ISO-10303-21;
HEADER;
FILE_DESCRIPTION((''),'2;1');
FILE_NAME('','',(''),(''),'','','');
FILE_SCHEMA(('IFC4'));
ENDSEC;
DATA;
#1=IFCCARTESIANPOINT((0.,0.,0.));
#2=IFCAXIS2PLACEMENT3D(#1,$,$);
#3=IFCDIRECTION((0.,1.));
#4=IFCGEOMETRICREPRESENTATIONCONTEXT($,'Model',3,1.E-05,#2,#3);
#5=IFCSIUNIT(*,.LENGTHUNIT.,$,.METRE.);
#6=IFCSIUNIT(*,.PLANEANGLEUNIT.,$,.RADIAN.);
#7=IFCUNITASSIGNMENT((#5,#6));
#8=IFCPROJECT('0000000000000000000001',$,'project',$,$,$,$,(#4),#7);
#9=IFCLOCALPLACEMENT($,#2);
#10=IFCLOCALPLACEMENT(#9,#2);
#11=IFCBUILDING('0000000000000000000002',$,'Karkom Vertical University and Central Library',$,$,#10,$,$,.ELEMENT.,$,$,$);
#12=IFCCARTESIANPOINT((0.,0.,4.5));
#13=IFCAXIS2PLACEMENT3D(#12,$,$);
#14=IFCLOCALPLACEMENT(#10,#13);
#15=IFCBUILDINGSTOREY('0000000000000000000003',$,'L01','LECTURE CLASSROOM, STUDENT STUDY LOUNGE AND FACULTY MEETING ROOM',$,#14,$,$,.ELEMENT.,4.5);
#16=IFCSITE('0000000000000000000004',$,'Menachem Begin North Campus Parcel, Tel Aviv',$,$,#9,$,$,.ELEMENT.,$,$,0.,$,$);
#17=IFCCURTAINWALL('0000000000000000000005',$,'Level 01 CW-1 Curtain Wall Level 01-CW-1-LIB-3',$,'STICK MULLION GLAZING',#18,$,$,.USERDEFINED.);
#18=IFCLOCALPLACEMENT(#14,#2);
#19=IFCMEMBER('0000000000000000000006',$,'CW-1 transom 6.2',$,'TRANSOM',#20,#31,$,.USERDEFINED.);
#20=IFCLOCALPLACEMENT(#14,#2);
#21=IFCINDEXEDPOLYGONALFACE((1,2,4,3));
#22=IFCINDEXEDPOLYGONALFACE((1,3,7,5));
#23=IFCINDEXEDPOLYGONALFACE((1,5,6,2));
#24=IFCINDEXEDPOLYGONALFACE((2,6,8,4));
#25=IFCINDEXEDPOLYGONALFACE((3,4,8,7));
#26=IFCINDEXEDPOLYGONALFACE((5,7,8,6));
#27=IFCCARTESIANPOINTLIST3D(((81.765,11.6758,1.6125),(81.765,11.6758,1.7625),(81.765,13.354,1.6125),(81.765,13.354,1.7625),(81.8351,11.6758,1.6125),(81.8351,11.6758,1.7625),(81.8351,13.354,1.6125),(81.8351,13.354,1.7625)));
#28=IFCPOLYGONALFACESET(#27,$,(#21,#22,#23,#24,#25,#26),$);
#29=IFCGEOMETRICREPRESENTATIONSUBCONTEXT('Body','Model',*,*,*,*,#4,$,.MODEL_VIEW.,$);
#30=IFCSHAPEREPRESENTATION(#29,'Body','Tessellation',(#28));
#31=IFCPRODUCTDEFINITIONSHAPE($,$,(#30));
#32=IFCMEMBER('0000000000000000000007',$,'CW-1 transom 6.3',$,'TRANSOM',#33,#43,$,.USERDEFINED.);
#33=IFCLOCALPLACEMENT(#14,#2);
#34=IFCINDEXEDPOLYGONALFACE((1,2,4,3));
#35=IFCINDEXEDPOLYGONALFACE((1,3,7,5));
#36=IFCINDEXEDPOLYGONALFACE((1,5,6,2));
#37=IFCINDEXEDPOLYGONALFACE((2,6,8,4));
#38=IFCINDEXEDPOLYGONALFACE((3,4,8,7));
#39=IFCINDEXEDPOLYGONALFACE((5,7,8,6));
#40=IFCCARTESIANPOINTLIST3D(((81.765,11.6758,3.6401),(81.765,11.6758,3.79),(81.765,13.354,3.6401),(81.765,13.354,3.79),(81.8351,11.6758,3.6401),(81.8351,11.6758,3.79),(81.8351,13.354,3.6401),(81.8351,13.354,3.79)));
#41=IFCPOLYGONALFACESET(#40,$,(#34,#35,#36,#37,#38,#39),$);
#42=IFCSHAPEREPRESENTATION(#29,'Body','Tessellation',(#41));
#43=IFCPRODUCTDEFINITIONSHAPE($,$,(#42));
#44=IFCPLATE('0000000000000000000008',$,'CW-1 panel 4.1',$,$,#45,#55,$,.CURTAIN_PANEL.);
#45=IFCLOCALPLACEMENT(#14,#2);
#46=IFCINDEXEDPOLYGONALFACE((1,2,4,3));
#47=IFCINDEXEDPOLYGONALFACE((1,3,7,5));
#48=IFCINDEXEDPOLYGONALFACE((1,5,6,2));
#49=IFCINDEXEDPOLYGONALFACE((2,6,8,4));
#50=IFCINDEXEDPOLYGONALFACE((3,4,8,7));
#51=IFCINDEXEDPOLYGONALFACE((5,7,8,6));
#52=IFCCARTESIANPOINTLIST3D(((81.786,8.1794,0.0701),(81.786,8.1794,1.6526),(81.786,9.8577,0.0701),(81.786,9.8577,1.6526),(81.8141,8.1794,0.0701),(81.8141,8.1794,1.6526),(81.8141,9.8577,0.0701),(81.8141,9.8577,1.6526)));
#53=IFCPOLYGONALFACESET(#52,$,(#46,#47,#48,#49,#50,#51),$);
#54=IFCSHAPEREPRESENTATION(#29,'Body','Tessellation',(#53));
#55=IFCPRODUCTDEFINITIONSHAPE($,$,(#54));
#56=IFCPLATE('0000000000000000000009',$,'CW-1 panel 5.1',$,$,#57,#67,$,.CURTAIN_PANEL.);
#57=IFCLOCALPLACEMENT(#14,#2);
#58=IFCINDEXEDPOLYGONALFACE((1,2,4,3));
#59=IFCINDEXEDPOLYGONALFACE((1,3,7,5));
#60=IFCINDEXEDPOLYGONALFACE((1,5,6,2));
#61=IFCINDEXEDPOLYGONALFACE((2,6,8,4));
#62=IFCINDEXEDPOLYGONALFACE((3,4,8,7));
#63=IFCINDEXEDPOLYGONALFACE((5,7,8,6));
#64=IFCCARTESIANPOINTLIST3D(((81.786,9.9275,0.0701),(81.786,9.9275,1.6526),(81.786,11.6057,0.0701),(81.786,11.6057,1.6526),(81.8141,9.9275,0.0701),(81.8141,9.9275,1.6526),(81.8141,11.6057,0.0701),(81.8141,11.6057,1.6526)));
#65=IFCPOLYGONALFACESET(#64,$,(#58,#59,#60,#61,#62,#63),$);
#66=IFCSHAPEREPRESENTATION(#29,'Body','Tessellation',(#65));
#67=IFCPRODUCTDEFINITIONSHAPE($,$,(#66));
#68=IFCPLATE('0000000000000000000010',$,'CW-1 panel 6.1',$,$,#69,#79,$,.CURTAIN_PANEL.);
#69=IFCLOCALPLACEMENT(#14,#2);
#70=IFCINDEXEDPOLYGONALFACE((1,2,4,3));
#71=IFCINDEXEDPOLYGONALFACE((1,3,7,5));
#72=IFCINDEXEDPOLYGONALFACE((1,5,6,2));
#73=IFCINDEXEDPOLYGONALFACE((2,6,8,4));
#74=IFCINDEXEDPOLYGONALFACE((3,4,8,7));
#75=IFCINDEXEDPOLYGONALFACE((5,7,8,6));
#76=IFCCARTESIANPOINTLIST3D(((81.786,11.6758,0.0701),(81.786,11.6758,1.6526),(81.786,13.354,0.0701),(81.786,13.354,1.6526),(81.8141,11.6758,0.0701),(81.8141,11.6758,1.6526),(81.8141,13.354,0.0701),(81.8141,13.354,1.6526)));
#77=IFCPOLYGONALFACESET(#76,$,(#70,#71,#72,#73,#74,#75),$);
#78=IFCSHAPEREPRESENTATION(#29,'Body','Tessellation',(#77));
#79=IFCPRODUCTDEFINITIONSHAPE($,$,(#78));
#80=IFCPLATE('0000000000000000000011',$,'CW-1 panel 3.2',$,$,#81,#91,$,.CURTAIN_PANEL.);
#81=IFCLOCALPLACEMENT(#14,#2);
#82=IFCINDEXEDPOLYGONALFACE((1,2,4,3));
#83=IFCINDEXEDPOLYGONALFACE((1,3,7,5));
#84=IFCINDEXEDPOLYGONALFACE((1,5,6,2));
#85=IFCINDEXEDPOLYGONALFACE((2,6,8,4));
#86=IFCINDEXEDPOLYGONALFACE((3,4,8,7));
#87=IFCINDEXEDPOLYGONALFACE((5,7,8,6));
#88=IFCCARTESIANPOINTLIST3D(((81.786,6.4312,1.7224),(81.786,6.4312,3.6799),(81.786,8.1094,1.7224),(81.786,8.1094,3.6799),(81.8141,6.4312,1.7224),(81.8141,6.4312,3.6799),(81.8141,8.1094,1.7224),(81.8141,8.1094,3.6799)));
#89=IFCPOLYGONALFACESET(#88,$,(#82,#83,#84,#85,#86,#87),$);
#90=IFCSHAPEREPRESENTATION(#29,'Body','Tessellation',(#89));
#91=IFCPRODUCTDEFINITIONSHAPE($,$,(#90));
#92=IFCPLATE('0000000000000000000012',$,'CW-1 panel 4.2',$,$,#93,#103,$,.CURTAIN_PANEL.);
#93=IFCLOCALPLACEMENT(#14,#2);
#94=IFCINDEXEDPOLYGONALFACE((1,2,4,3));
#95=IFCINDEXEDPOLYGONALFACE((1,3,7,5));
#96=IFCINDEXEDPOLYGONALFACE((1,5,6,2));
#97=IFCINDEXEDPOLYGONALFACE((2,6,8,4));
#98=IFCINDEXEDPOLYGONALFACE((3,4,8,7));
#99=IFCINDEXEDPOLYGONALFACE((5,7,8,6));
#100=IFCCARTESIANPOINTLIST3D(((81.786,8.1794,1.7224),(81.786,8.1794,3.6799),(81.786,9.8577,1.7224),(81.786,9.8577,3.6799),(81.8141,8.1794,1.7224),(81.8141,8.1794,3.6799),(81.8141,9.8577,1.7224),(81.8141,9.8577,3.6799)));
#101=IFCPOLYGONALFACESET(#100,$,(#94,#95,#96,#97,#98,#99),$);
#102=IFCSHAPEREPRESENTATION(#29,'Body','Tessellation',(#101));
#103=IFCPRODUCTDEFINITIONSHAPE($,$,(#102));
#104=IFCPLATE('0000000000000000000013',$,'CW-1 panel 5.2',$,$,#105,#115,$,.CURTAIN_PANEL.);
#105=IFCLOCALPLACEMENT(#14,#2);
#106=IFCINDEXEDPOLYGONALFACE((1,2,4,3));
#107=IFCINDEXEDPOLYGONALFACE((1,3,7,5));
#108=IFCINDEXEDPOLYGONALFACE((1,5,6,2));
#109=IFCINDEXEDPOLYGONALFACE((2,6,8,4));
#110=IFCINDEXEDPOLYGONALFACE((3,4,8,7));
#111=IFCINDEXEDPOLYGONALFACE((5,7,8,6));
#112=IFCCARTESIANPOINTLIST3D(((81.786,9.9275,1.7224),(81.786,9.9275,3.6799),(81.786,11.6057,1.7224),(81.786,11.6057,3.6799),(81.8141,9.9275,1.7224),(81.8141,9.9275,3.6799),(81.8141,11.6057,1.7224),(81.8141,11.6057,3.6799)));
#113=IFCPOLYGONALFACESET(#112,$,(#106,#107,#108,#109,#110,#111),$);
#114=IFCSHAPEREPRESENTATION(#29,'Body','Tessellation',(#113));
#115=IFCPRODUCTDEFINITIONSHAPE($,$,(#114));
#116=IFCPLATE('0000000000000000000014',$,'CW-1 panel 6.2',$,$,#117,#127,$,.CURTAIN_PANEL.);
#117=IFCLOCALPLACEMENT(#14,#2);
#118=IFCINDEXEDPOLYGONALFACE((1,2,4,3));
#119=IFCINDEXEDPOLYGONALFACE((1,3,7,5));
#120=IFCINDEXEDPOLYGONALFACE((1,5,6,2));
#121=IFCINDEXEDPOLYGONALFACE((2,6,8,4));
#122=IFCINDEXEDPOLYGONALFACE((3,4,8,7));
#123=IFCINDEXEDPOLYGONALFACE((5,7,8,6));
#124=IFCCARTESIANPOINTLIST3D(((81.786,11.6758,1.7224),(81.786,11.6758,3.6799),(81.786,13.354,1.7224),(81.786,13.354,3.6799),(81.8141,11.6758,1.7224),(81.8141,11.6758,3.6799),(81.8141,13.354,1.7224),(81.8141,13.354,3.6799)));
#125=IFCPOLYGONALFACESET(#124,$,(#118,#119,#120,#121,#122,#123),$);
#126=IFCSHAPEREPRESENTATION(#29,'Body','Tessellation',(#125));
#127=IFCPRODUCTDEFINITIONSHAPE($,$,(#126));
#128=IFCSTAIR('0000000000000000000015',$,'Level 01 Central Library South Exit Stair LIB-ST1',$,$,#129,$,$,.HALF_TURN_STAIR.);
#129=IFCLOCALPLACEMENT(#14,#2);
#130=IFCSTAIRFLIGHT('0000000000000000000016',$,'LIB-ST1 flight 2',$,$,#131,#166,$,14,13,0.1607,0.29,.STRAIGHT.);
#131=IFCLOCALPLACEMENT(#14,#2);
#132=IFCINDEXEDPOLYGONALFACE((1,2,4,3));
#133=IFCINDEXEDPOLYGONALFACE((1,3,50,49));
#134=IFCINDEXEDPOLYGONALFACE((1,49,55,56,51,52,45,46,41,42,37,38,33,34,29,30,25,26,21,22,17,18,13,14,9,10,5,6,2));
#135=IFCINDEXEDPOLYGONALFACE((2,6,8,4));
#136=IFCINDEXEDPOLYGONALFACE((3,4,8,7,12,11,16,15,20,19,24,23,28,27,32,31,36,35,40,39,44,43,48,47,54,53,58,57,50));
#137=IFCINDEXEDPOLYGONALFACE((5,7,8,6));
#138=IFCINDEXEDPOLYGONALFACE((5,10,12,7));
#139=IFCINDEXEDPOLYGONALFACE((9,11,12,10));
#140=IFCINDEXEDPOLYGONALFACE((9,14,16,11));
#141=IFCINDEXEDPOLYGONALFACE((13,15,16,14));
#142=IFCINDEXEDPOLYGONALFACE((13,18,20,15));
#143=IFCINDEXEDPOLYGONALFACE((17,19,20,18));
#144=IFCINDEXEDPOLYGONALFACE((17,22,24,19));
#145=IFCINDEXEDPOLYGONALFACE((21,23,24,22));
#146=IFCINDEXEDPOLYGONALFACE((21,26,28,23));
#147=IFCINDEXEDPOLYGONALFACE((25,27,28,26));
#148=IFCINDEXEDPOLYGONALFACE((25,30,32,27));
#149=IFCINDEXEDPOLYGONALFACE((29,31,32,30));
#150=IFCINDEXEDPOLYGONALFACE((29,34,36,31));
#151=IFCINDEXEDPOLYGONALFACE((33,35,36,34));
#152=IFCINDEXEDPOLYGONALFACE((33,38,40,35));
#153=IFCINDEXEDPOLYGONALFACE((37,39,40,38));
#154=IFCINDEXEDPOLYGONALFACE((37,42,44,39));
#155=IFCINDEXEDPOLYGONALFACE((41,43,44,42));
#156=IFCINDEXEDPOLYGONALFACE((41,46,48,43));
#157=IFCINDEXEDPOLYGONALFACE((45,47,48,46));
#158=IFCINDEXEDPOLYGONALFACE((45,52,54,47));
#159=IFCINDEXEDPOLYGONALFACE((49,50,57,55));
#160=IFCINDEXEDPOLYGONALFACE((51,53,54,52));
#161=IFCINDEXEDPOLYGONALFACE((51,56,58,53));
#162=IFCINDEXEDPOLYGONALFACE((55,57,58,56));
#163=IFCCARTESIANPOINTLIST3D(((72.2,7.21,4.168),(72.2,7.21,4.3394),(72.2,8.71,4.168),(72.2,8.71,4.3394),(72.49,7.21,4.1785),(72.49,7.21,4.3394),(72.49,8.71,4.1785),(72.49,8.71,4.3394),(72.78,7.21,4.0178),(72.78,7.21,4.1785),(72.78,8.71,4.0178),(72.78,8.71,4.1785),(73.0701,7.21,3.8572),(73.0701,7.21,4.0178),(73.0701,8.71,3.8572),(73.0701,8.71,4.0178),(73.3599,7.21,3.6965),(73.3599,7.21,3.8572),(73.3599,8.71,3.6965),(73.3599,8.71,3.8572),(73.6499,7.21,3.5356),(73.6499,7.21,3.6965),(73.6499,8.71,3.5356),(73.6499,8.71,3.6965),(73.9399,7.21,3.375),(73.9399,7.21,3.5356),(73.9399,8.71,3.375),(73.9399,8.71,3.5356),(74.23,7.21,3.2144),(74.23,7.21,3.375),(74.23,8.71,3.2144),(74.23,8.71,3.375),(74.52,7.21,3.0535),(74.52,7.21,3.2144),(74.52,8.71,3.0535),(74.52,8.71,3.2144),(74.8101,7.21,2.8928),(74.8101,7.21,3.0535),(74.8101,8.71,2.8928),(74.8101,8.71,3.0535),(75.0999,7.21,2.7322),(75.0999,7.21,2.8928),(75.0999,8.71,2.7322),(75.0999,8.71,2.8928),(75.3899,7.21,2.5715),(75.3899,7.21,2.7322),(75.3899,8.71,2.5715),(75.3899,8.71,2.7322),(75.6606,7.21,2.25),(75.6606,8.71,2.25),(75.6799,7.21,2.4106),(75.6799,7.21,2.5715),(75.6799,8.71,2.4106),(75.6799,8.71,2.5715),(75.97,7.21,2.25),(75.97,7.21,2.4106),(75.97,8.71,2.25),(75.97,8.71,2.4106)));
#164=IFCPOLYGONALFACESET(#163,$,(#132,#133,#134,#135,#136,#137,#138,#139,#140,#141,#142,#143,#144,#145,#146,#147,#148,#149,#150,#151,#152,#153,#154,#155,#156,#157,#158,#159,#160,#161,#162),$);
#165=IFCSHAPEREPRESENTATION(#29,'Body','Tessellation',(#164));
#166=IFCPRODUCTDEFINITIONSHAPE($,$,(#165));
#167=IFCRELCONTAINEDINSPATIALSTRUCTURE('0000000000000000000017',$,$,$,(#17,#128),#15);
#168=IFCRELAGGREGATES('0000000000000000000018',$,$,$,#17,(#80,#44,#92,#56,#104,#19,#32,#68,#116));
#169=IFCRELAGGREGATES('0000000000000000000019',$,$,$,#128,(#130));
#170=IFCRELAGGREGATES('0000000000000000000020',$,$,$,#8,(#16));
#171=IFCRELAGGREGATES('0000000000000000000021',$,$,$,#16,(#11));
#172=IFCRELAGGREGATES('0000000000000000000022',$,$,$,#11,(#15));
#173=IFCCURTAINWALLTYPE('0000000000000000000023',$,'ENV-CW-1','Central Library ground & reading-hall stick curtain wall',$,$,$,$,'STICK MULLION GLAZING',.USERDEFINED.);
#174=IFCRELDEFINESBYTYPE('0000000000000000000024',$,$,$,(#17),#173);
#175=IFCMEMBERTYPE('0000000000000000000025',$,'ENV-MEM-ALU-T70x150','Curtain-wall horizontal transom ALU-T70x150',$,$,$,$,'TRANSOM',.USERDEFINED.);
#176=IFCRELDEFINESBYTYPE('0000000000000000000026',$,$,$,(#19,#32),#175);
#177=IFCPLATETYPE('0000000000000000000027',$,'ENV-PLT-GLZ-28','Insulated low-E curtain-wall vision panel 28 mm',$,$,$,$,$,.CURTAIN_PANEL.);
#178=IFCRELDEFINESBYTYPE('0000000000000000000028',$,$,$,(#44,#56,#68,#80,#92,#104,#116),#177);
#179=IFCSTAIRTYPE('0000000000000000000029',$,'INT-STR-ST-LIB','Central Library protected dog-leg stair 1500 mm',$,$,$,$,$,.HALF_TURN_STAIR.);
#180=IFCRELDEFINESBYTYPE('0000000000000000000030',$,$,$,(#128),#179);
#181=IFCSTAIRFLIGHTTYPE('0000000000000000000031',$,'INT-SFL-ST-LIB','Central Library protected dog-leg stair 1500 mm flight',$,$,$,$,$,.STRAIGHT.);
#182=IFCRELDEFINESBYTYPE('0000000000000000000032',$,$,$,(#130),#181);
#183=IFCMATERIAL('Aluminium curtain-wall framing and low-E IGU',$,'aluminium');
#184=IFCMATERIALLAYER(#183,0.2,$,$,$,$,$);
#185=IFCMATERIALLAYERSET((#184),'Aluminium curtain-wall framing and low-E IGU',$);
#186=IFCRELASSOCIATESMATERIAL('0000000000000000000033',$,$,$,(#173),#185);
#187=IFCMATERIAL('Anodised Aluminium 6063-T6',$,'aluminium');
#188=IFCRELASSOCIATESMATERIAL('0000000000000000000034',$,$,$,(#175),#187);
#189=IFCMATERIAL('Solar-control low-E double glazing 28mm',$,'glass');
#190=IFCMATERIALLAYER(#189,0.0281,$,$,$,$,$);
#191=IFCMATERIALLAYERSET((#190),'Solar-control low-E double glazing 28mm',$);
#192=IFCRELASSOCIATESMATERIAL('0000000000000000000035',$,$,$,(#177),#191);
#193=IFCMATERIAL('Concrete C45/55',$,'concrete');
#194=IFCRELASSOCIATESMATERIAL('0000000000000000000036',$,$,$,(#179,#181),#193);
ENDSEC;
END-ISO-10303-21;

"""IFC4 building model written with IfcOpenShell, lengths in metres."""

from ifc_helpers import new_model, si_unit, direction, frame, origin, origin_with_axes, origin_2d, place, context, subcontext, project, spatial, polyline, rectangle, outline, extrude, source, transform, mapped, material, layer, layer_set, material_profile, profile_set, type_object, element, aggregate, save


model = new_model("IFC4")

# Units and contexts
model_context = context("Model", 3, precision=1e-05, world=origin(), true_north=direction((0.0, 1.0)))
body_context = subcontext(model_context, "Body", "Model", "MODEL_VIEW")
ifc_project = project(units=[si_unit("LENGTHUNIT", "METRE"), si_unit("PLANEANGLEUNIT", "RADIAN")], contexts=[model_context])

# Site, building, storey
site_placement = place(None, origin())
site = spatial("IfcSite", under=ifc_project, at=site_placement, Name="Menachem Begin North Campus Parcel, Tel Aviv", CompositionType="ELEMENT", RefElevation=0.0)
building_placement = place(site_placement, origin())
building = spatial("IfcBuilding", under=site, at=building_placement, Name="Karkom Vertical University and Central Library", CompositionType="ELEMENT")
storey_placement = place(building_placement, frame((0.0, 0.0, 4.5)))
storey = spatial("IfcBuildingStorey", under=building, at=storey_placement, Name="L01", Description="LECTURE CLASSROOM, STUDENT STUDY LOUNGE AND FACULTY MEETING ROOM", CompositionType="ELEMENT", Elevation=4.5)

# Shared definitions
ifc_material_1 = material(Name="Concrete C45/55", Category="concrete")

# Curtain wall, members, plates
ifc_material_2 = material(Name="Aluminium curtain-wall framing and low-E IGU", Category="aluminium")
ifc_layer_1 = layer(ifc_material_2, 0.2)
ifc_layer_set_1 = layer_set([ifc_layer_1], Name="Aluminium curtain-wall framing and low-E IGU")
curtain_wall_type = type_object("IfcCurtainWallType", Name="ENV-CW-1", Description="Central Library ground & reading-hall stick curtain wall", ElementType="STICK MULLION GLAZING", PredefinedType="USERDEFINED", material=ifc_layer_set_1)
curtain_wall_placement = place(storey_placement, origin())
curtain_wall = element("IfcCurtainWall", 1, at=curtain_wall_placement, inside=storey, type_object=curtain_wall_type, Name="Level 01 CW-1 Curtain Wall Level 01-CW-1-LIB-3", ObjectType="STICK MULLION GLAZING", PredefinedType="USERDEFINED")
ifc_material_3 = material(Name="Anodised Aluminium 6063-T6", Category="aluminium")
ifc_material_profile_1 = material_profile(ifc_material_3, rectangle(XDim=0.0701, YDim=0.1499, at=origin_2d()), Name="ALU-T70x150")
ifc_profile_set_1 = profile_set([ifc_material_profile_1], Name="Anodised Aluminium 6063-T6")
member_type_1 = type_object("IfcMemberType", Name="ENV-MEM-ALU-T70x150", Description="Curtain-wall horizontal transom ALU-T70x150", ElementType="TRANSOM", PredefinedType="USERDEFINED", material=ifc_profile_set_1)
shared_shape_1 = source(origin_with_axes(), body_context, "Body", "SweptSolid", [
    extrude(rectangle(XDim=0.0701, YDim=0.1499, at=origin_2d()), origin(), (0.0, 0.0, 1.0), 1.6782),
])
member_1_placement = place(storey_placement, frame((81.8, 11.6758, 1.6875), z_axis=(0.0, 1.0, 0.0), x_axis=(-1.0, 0.0, 0.0)))
member_1 = element("IfcMember", 2, at=member_1_placement, type_object=member_type_1, Name="CW-1 transom 6.2", ObjectType="TRANSOM", PredefinedType="USERDEFINED", context=body_context, shape_type="MappedRepresentation", body=[
    mapped(shared_shape_1, transform((0.0, 0.0, 0.0), scale=1.0)),
])
member_2_placement = place(storey_placement, frame((81.8, 11.6758, 3.7151), z_axis=(0.0, 1.0, 0.0), x_axis=(-1.0, 0.0, 0.0)))
member_2 = element("IfcMember", 3, at=member_2_placement, type_object=member_type_1, Name="CW-1 transom 6.3", ObjectType="TRANSOM", PredefinedType="USERDEFINED", context=body_context, shape_type="MappedRepresentation", body=[
    mapped(shared_shape_1, transform((0.0, 0.0, 0.0), scale=1.0)),
])
ifc_material_4 = material(Name="Solar-control low-E double glazing 28mm", Category="glass")
ifc_layer_2 = layer(ifc_material_4, 0.0281)
ifc_layer_set_2 = layer_set([ifc_layer_2], Name="Solar-control low-E double glazing 28mm")
plate_type = type_object("IfcPlateType", Name="ENV-PLT-GLZ-28", Description="Insulated low-E curtain-wall vision panel 28 mm", PredefinedType="CURTAIN_PANEL", material=ifc_layer_set_2)
shared_shape_2 = source(origin_with_axes(), body_context, "Body", "SweptSolid", [
    extrude(rectangle(XDim=1.6782, YDim=0.0281, at=origin_2d()), origin(), (0.0, 0.0, 1.0), 1.5825),
])
plate_1_placement = place(storey_placement, frame((81.8, 9.0186, 0.0701), z_axis=(0.0, 0.0, 1.0), x_axis=(0.0, 1.0, 0.0)))
plate_1 = element("IfcPlate", 4, at=plate_1_placement, type_object=plate_type, Name="CW-1 panel 4.1", PredefinedType="CURTAIN_PANEL", context=body_context, shape_type="MappedRepresentation", body=[
    mapped(shared_shape_2, transform((0.0, 0.0, 0.0), scale=1.0)),
])
plate_2_placement = place(storey_placement, frame((81.8, 10.7666, 0.0701), z_axis=(0.0, 0.0, 1.0), x_axis=(0.0, 1.0, 0.0)))
plate_2 = element("IfcPlate", 5, at=plate_2_placement, type_object=plate_type, Name="CW-1 panel 5.1", PredefinedType="CURTAIN_PANEL", context=body_context, shape_type="MappedRepresentation", body=[
    mapped(shared_shape_2, transform((0.0, 0.0, 0.0), scale=1.0)),
])
plate_3_placement = place(storey_placement, frame((81.8, 12.5149, 0.0701), z_axis=(0.0, 0.0, 1.0), x_axis=(0.0, 1.0, 0.0)))
plate_3 = element("IfcPlate", 6, at=plate_3_placement, type_object=plate_type, Name="CW-1 panel 6.1", PredefinedType="CURTAIN_PANEL", context=body_context, shape_type="MappedRepresentation", body=[
    mapped(shared_shape_2, transform((0.0, 0.0, 0.0), scale=1.0)),
])
shared_shape_3 = source(origin_with_axes(), body_context, "Body", "SweptSolid", [
    extrude(rectangle(XDim=1.6782, YDim=0.0281, at=origin_2d()), origin(), (0.0, 0.0, 1.0), 1.9575),
])
plate_4_placement = place(storey_placement, frame((81.8, 7.2703, 1.7224), z_axis=(0.0, 0.0, 1.0), x_axis=(0.0, 1.0, 0.0)))
plate_4 = element("IfcPlate", 7, at=plate_4_placement, type_object=plate_type, Name="CW-1 panel 3.2", PredefinedType="CURTAIN_PANEL", context=body_context, shape_type="MappedRepresentation", body=[
    mapped(shared_shape_3, transform((0.0, 0.0, 0.0), scale=1.0)),
])
plate_5_placement = place(storey_placement, frame((81.8, 9.0186, 1.7224), z_axis=(0.0, 0.0, 1.0), x_axis=(0.0, 1.0, 0.0)))
plate_5 = element("IfcPlate", 8, at=plate_5_placement, type_object=plate_type, Name="CW-1 panel 4.2", PredefinedType="CURTAIN_PANEL", context=body_context, shape_type="MappedRepresentation", body=[
    mapped(shared_shape_3, transform((0.0, 0.0, 0.0), scale=1.0)),
])
plate_6_placement = place(storey_placement, frame((81.8, 10.7666, 1.7224), z_axis=(0.0, 0.0, 1.0), x_axis=(0.0, 1.0, 0.0)))
plate_6 = element("IfcPlate", 9, at=plate_6_placement, type_object=plate_type, Name="CW-1 panel 5.2", PredefinedType="CURTAIN_PANEL", context=body_context, shape_type="MappedRepresentation", body=[
    mapped(shared_shape_3, transform((0.0, 0.0, 0.0), scale=1.0)),
])
plate_7_placement = place(storey_placement, frame((81.8, 12.5149, 1.7224), z_axis=(0.0, 0.0, 1.0), x_axis=(0.0, 1.0, 0.0)))
plate_7 = element("IfcPlate", 10, at=plate_7_placement, type_object=plate_type, Name="CW-1 panel 6.2", PredefinedType="CURTAIN_PANEL", context=body_context, shape_type="MappedRepresentation", body=[
    mapped(shared_shape_3, transform((0.0, 0.0, 0.0), scale=1.0)),
])
aggregate(curtain_wall, [plate_4, plate_1, plate_5, plate_2, plate_6, member_1, member_2, plate_3, plate_7])

# Stair, stair flight
stair_type = type_object("IfcStairType", Name="INT-STR-ST-LIB", Description="Central Library protected dog-leg stair 1500 mm", PredefinedType="HALF_TURN_STAIR", material=ifc_material_1)
stair_placement = place(storey_placement, origin())
stair = element("IfcStair", 11, at=stair_placement, inside=storey, type_object=stair_type, Name="Level 01 Central Library South Exit Stair LIB-ST1", PredefinedType="HALF_TURN_STAIR")
stair_flight_type = type_object("IfcStairFlightType", Name="INT-SFL-ST-LIB", Description="Central Library protected dog-leg stair 1500 mm flight", PredefinedType="STRAIGHT", material=ifc_material_1)
stair_flight_placement = place(storey_placement, frame((75.97, 7.96, 2.25), z_axis=(0.0, 0.0, 1.0), x_axis=(-1.0, 0.0, 0.0)))
stair_flight = element("IfcStairFlight", 12, at=stair_flight_placement, type_object=stair_flight_type, Name="LIB-ST1 flight 2", NumberOfRisers=14, NumberOfTreads=13, PredefinedType="STRAIGHT", RiserHeight=0.1607, TreadLength=0.29, context=body_context, shape_type="SweptSolid", body=[
    extrude(outline(polyline([(0.0, 0.0), (0.0, 0.1606), (0.29, 0.1606), (0.29, 0.3215), (0.5801, 0.3215), (0.5801, 0.4822), (0.8701, 0.4822), (0.8701, 0.6428), (1.1599, 0.6428), (1.1599, 0.8035), (1.45, 0.8035), (1.45, 0.9644), (1.74, 0.9644), (1.74, 1.125), (2.03, 1.125), (2.03, 1.2856), (2.3201, 1.2856), (2.3201, 1.4465), (2.6101, 1.4465), (2.6101, 1.6072), (2.8999, 1.6072), (2.8999, 1.7678), (3.1899, 1.7678), (3.1899, 1.9285), (3.48, 1.9285), (3.48, 2.0894), (3.77, 2.0894), (3.77, 2.25), (3.77, 1.918), (0.3093, 0.0), (0.0, 0.0)])), frame((0.0, 0.75, 0.0), z_axis=(0.0, -1.0, 0.0), x_axis=(1.0, 0.0, 0.0)), (0.0, 0.0, 1.0), 1.5),
])
aggregate(stair, [stair_flight])

save(model, "model.ifc")
